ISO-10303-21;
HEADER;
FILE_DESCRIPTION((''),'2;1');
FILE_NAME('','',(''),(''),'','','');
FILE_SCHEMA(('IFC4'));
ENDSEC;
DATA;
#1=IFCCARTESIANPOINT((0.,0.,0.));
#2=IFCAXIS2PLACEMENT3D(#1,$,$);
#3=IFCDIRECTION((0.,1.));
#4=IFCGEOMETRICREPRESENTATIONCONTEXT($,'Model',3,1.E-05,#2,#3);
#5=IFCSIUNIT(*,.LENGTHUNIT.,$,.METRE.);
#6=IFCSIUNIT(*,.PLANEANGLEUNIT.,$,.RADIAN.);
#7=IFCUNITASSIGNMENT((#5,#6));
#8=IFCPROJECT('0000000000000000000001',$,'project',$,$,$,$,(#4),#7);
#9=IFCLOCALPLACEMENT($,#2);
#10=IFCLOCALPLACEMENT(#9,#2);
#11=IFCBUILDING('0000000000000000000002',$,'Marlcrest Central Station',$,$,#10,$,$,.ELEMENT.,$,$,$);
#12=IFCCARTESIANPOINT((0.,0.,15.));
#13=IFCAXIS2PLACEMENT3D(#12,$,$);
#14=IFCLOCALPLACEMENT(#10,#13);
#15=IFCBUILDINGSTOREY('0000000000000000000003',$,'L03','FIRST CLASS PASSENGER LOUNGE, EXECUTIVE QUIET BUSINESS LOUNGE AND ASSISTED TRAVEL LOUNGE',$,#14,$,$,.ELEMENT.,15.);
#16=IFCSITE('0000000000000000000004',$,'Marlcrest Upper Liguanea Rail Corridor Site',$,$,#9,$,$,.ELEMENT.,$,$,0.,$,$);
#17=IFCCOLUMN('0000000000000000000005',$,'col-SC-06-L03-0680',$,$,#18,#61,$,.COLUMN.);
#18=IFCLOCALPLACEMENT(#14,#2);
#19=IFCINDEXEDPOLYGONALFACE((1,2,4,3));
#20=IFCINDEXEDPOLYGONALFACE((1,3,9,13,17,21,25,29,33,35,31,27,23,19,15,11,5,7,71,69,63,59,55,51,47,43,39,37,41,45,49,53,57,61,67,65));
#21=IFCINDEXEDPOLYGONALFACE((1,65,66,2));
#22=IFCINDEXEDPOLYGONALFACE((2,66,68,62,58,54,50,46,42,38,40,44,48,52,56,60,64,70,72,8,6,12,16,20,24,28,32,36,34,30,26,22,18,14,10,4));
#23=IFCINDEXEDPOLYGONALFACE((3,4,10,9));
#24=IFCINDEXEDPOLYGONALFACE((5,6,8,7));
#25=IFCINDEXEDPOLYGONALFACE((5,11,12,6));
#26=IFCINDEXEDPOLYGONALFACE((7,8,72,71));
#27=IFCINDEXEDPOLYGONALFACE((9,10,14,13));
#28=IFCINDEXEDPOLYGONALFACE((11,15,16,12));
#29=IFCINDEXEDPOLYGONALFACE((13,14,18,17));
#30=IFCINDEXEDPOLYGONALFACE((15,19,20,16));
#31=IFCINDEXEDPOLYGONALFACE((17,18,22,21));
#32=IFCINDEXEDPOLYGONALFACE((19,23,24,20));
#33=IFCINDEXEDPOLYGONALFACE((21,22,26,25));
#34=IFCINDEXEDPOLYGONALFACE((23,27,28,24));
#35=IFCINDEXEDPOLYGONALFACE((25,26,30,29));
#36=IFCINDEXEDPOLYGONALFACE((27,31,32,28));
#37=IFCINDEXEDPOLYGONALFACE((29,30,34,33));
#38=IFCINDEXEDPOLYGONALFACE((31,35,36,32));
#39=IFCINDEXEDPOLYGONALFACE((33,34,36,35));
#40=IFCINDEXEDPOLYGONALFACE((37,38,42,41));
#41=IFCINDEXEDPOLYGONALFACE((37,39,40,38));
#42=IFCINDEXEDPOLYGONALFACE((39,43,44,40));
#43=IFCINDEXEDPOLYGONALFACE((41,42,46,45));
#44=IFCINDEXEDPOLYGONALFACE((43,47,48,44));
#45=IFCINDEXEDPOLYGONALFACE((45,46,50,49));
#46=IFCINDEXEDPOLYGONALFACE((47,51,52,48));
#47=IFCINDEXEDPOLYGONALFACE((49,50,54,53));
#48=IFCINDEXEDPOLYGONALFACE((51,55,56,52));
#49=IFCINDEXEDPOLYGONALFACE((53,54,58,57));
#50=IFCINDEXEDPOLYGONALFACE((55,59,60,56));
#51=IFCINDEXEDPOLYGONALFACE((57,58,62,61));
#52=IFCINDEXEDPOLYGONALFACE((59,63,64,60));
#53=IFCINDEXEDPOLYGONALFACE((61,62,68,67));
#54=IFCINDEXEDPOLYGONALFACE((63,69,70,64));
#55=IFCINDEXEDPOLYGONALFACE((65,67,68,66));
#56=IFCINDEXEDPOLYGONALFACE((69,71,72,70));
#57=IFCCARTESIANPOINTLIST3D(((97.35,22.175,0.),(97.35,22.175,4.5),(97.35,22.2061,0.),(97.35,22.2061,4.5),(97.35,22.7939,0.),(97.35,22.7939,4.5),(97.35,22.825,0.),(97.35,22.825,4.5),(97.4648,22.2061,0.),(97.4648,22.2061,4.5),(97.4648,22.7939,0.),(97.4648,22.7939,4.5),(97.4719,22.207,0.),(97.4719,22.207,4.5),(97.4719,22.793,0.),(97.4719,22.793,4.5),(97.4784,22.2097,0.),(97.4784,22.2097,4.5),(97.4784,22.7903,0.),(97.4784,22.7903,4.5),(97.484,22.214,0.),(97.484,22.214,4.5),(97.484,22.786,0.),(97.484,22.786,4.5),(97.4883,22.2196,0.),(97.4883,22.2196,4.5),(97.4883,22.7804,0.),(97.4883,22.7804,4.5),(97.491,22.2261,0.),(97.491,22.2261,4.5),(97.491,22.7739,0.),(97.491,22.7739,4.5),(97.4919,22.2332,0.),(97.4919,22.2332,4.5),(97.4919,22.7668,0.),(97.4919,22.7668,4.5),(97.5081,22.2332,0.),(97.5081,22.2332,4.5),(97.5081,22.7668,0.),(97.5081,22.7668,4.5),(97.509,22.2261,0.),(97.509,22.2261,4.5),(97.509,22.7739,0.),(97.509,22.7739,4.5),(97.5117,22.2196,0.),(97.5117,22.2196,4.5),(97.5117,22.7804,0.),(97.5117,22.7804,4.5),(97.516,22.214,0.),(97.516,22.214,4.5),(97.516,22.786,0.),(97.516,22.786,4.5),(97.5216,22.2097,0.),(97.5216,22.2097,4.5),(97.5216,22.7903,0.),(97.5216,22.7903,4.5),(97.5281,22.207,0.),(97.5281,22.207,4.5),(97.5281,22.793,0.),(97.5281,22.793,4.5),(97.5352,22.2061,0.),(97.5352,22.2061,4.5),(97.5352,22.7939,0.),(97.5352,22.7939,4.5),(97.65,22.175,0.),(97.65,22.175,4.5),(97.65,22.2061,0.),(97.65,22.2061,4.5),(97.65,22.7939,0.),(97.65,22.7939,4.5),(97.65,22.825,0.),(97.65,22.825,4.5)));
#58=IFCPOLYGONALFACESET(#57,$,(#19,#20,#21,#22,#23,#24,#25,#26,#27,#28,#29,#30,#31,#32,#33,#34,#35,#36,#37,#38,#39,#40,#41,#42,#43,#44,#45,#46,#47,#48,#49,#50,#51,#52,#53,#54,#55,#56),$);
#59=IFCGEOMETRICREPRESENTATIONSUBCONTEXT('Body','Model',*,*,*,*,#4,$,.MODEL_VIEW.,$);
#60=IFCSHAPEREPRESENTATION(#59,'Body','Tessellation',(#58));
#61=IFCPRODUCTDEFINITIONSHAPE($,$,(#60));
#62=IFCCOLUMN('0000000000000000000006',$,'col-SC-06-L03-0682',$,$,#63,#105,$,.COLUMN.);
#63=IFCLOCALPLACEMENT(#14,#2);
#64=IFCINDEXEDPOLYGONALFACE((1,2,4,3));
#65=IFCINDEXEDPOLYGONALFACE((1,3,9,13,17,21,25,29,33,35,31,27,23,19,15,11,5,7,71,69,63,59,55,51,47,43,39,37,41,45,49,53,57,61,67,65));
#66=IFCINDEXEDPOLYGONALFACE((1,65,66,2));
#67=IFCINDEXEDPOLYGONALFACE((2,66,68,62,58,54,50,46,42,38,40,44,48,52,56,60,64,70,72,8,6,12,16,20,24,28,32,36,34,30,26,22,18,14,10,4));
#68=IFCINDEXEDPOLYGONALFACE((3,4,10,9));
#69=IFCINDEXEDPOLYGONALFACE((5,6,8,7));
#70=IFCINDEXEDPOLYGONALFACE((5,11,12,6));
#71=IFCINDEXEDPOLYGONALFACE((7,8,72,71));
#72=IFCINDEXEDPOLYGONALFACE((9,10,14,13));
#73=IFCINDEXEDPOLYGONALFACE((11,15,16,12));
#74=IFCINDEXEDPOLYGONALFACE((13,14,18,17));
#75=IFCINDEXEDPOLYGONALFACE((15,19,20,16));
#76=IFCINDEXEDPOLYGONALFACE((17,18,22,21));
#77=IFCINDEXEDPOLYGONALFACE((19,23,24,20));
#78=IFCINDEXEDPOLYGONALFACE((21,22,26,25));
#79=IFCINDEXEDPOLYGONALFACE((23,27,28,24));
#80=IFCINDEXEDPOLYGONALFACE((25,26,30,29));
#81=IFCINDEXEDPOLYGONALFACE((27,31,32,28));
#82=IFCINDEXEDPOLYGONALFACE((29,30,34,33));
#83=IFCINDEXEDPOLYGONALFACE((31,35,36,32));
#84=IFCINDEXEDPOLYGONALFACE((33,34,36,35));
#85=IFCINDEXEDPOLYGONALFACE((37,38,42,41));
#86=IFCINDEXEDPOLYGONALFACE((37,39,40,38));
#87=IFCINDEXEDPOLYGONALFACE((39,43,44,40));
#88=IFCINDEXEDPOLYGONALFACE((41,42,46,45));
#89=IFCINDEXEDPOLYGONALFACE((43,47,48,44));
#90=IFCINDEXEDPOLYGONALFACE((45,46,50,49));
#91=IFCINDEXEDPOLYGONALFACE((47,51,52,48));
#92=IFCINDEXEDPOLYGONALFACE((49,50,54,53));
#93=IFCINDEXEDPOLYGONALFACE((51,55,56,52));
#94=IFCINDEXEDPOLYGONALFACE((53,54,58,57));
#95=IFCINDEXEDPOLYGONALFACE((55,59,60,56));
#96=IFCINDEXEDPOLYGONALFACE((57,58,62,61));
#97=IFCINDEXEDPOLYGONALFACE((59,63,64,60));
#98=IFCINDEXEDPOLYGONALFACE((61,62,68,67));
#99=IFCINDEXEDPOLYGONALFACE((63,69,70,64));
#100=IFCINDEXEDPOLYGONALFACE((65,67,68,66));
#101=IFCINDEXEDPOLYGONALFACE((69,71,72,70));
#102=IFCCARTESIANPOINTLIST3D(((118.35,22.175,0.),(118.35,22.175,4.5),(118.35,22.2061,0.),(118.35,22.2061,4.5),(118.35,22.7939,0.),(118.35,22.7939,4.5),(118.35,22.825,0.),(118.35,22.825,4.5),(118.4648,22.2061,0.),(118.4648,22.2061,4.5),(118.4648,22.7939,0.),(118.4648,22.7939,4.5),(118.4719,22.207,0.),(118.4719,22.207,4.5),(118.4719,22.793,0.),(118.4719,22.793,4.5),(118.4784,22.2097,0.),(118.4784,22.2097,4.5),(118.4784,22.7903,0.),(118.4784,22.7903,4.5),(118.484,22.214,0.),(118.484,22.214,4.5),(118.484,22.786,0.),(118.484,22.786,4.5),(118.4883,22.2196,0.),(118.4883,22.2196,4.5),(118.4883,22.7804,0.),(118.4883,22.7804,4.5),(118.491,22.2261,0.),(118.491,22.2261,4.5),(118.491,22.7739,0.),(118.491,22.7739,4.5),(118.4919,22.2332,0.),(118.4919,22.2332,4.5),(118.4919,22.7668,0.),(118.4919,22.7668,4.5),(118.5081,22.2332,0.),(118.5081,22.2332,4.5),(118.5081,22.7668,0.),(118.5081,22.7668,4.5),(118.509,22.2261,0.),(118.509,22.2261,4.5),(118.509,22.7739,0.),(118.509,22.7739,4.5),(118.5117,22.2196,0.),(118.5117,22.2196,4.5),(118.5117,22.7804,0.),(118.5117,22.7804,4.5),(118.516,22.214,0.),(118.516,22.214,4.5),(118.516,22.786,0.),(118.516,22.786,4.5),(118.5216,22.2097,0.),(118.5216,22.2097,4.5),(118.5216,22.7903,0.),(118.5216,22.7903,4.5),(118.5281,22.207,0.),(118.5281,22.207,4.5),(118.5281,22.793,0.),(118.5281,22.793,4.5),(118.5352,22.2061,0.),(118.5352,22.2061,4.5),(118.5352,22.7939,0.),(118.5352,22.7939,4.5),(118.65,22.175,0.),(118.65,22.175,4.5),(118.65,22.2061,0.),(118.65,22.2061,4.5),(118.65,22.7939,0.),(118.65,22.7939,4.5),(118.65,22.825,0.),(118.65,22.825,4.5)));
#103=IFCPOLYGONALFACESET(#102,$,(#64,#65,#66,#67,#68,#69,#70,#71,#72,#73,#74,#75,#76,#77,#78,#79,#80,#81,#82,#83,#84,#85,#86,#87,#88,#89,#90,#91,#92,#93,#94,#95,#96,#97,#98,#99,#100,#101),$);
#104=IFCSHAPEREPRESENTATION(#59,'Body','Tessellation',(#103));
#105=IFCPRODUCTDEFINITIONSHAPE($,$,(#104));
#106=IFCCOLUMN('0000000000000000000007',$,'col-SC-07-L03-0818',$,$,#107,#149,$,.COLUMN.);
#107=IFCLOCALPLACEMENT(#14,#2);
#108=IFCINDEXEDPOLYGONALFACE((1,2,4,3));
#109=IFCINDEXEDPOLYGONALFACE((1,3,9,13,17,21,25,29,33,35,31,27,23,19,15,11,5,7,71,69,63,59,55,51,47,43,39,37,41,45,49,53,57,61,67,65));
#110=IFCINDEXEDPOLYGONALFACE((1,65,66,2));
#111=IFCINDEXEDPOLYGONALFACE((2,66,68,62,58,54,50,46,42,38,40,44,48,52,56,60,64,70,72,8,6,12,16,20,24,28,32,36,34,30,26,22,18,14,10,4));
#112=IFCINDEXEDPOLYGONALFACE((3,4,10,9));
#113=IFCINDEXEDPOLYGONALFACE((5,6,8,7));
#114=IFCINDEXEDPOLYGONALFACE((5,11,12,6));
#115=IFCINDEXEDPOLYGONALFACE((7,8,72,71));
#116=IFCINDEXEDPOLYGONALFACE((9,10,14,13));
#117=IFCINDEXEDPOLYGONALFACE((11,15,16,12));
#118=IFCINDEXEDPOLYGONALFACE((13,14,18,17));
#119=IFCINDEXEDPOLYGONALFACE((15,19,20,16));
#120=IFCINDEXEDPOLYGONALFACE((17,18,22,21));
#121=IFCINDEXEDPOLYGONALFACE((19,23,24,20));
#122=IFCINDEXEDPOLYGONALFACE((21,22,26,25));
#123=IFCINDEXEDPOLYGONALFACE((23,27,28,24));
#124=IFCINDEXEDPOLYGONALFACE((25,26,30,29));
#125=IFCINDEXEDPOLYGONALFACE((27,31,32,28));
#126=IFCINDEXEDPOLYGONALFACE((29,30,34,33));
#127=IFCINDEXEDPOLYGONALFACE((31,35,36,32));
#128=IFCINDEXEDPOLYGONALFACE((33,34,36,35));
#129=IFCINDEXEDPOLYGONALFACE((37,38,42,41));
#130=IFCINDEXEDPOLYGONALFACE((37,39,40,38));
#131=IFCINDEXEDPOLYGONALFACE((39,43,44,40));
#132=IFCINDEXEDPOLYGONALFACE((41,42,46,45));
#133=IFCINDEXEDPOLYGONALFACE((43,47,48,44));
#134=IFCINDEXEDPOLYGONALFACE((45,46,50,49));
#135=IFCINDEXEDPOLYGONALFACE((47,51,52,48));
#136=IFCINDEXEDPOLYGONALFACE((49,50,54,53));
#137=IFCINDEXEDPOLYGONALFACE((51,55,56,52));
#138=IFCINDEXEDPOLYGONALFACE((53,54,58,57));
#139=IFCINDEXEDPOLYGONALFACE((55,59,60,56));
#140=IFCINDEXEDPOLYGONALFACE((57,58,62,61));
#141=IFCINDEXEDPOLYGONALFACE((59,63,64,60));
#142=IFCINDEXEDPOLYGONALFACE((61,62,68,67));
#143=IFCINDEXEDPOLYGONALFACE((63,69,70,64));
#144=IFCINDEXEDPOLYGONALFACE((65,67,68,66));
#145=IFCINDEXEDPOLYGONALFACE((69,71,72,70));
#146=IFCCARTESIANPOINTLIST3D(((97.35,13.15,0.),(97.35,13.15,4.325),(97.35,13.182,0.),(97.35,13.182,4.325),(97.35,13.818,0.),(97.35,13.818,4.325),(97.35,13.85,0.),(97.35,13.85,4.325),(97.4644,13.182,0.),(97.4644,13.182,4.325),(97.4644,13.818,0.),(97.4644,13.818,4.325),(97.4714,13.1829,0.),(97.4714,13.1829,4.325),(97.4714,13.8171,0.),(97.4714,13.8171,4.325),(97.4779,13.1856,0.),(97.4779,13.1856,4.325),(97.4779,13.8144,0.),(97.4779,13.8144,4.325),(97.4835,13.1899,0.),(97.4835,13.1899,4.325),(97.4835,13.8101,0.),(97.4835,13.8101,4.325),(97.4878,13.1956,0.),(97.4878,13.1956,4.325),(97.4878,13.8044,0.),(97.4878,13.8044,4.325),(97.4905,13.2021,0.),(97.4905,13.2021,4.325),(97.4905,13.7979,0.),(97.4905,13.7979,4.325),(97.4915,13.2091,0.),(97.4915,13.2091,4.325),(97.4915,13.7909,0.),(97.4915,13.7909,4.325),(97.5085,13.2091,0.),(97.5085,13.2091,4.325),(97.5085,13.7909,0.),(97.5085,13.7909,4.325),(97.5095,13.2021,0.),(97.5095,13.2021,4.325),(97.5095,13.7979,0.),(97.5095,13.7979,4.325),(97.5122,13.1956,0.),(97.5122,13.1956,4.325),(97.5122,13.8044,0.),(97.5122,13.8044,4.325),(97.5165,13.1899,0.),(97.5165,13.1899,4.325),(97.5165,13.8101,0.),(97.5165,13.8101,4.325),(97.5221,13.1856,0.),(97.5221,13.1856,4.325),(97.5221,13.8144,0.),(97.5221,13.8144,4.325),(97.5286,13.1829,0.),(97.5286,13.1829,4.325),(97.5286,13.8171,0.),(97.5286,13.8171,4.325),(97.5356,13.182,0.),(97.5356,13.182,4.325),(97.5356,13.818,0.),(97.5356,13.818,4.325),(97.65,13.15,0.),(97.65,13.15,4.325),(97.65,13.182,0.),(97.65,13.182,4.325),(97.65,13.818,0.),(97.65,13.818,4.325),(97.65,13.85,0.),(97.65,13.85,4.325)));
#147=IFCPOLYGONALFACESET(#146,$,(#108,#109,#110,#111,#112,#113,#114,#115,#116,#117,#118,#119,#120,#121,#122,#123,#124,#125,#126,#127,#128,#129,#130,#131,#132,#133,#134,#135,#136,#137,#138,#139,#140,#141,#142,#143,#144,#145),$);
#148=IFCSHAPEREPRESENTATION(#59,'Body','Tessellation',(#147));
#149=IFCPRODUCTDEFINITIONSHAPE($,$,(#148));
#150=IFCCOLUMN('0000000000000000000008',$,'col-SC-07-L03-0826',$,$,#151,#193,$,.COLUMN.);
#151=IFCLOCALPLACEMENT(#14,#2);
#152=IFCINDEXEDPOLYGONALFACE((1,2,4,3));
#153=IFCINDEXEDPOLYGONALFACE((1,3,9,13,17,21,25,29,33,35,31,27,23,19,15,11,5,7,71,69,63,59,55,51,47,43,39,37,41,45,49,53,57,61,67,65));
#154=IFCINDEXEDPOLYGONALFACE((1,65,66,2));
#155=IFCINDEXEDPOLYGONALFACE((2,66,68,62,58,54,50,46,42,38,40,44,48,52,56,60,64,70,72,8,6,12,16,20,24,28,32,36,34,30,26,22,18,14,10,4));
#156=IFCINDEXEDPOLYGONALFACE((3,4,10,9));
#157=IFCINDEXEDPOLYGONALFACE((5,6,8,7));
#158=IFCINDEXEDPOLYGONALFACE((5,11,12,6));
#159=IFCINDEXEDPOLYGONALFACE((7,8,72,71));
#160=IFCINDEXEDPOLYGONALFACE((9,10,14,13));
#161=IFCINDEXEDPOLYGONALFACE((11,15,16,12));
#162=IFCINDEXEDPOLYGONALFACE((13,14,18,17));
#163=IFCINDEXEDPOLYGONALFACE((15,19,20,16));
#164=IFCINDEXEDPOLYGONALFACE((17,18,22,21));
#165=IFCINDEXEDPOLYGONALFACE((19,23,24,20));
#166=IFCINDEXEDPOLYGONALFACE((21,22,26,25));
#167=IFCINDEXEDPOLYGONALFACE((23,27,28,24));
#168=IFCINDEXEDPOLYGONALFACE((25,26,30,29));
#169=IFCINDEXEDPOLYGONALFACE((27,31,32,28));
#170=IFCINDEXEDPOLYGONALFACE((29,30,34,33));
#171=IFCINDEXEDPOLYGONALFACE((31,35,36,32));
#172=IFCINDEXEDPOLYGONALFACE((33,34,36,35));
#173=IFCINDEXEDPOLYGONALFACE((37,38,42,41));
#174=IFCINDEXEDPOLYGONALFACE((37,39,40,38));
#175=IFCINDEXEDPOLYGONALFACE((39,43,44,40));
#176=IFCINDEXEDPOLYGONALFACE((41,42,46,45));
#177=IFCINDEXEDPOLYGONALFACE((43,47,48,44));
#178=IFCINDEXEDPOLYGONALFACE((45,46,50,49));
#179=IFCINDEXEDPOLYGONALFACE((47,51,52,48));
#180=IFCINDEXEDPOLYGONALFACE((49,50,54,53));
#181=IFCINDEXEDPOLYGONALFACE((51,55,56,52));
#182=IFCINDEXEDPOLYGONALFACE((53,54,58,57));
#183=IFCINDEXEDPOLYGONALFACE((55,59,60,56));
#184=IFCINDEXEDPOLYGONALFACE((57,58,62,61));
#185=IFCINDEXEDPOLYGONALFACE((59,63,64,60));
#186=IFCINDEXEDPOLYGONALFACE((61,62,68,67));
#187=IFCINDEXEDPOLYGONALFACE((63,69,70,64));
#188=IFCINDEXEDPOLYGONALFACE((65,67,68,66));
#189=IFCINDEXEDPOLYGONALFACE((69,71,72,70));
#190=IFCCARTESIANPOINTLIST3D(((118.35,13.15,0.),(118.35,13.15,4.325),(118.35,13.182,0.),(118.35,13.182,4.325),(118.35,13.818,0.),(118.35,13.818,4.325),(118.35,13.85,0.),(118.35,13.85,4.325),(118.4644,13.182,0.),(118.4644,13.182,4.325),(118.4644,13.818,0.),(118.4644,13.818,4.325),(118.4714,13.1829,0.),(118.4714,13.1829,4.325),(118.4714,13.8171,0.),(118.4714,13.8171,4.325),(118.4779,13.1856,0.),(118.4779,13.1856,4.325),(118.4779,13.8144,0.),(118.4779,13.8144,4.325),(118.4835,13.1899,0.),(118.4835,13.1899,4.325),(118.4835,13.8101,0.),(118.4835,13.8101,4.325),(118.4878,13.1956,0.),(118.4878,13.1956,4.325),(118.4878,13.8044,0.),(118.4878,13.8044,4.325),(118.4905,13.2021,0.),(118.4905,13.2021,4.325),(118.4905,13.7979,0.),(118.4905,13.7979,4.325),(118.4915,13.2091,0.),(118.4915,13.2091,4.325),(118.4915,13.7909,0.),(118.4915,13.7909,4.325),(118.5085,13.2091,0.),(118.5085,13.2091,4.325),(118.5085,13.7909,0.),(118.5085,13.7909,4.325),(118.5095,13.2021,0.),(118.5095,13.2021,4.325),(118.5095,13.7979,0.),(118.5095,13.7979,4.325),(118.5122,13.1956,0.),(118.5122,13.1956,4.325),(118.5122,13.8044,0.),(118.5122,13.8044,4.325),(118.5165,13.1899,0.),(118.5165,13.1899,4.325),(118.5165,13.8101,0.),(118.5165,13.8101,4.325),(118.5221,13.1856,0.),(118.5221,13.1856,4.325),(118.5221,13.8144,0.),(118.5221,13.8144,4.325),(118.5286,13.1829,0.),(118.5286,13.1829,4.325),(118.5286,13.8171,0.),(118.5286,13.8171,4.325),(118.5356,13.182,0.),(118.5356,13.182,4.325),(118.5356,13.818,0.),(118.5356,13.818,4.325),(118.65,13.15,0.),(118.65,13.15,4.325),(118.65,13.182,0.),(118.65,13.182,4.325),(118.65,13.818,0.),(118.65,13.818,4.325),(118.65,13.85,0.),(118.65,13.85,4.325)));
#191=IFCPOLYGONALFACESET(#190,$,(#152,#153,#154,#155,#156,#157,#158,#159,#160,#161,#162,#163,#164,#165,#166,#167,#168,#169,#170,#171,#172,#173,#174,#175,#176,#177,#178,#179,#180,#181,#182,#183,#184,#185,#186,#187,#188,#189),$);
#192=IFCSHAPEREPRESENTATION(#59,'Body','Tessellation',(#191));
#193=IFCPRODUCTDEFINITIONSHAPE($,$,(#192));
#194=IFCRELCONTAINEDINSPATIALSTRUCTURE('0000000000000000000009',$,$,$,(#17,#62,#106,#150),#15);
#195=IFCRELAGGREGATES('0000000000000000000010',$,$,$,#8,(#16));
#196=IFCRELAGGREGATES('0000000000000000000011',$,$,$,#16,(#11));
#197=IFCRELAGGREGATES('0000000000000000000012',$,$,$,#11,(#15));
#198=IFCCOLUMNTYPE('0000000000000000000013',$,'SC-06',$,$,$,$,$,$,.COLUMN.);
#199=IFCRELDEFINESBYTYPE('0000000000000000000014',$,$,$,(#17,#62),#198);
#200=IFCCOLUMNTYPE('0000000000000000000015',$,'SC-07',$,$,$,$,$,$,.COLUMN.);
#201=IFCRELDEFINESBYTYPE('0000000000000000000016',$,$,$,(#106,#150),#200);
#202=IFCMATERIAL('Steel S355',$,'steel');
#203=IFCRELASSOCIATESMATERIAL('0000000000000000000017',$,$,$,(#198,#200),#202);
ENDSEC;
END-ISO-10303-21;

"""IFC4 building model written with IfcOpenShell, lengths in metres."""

from ifc_helpers import new_model, si_unit, direction, frame, origin, origin_2d, place, context, subcontext, project, spatial, i_section, extrude, material, material_profile, profile_set, type_object, element, save


model = new_model("IFC4")

# Units and contexts
model_context = context("Model", 3, precision=1e-05, world=origin(), true_north=direction((0.0, 1.0)))
body_context = subcontext(model_context, "Body", "Model", "MODEL_VIEW")
ifc_project = project(units=[si_unit("LENGTHUNIT", "METRE"), si_unit("PLANEANGLEUNIT", "RADIAN")], contexts=[model_context])

# Site, building, storey
site_placement = place(None, origin())
site = spatial("IfcSite", under=ifc_project, at=site_placement, Name="Marlcrest Upper Liguanea Rail Corridor Site", CompositionType="ELEMENT", RefElevation=0.0)
building_placement = place(site_placement, origin())
building = spatial("IfcBuilding", under=site, at=building_placement, Name="Marlcrest Central Station", CompositionType="ELEMENT")
storey_placement = place(building_placement, frame((0.0, 0.0, 15.0)))
storey = spatial("IfcBuildingStorey", under=building, at=storey_placement, Name="L03", Description="FIRST CLASS PASSENGER LOUNGE, EXECUTIVE QUIET BUSINESS LOUNGE AND ASSISTED TRAVEL LOUNGE", CompositionType="ELEMENT", Elevation=15.0)

# Columns
ifc_material_1 = material(Name="Steel S355", Category="steel")
ifc_material_profile_1 = material_profile(ifc_material_1, i_section(OverallWidth=0.3, OverallDepth=0.6499, WebThickness=0.0161, FlangeThickness=0.031, FilletRadius=0.0271, at=origin_2d()), Name="HEB 650")
ifc_profile_set_1 = profile_set([ifc_material_profile_1], Name="Steel S355")
column_type_1 = type_object("IfcColumnType", Name="SC-06", PredefinedType="COLUMN", material=ifc_profile_set_1)
for number, where, z_axis, x_axis, name in (
    (1, (97.5, 22.5, 0.0), (0.0, 0.0, 1.0), (1.0, 0.0, 0.0), "col-SC-06-L03-0680"),
    (2, (118.5, 22.5, 0.0), (0.0, 0.0, 1.0), (1.0, 0.0, 0.0), "col-SC-06-L03-0682"),
):
    element("IfcColumn", number, at=place(storey_placement, frame(where, z_axis=z_axis, x_axis=x_axis)), inside=storey, type_object=column_type_1, Name=name, PredefinedType="COLUMN", context=body_context, shape_type="SweptSolid", body=[
        extrude(i_section(OverallWidth=0.3, OverallDepth=0.6499, WebThickness=0.0161, FlangeThickness=0.031, FilletRadius=0.0271, at=origin_2d()), origin(), (0.0, 0.0, 1.0), 4.5),
    ])
ifc_material_profile_2 = material_profile(ifc_material_1, i_section(OverallWidth=0.3, OverallDepth=0.7, WebThickness=0.0171, FlangeThickness=0.032, FilletRadius=0.0271, at=origin_2d()), Name="HEB 700")
ifc_profile_set_2 = profile_set([ifc_material_profile_2], Name="Steel S355")
column_type_2 = type_object("IfcColumnType", Name="SC-07", PredefinedType="COLUMN", material=ifc_profile_set_2)
for number, where, z_axis, x_axis, name in (
    (3, (97.5, 13.5, 0.0), (0.0, 0.0, 1.0), (1.0, 0.0, 0.0), "col-SC-07-L03-0818"),
    (4, (118.5, 13.5, 0.0), (0.0, 0.0, 1.0), (1.0, 0.0, 0.0), "col-SC-07-L03-0826"),
):
    element("IfcColumn", number, at=place(storey_placement, frame(where, z_axis=z_axis, x_axis=x_axis)), inside=storey, type_object=column_type_2, Name=name, PredefinedType="COLUMN", context=body_context, shape_type="SweptSolid", body=[
        extrude(i_section(OverallWidth=0.3, OverallDepth=0.7, WebThickness=0.0171, FlangeThickness=0.032, FilletRadius=0.0271, at=origin_2d()), origin(), (0.0, 0.0, 1.0), 4.325),
    ])

save(model, "model.ifc")
